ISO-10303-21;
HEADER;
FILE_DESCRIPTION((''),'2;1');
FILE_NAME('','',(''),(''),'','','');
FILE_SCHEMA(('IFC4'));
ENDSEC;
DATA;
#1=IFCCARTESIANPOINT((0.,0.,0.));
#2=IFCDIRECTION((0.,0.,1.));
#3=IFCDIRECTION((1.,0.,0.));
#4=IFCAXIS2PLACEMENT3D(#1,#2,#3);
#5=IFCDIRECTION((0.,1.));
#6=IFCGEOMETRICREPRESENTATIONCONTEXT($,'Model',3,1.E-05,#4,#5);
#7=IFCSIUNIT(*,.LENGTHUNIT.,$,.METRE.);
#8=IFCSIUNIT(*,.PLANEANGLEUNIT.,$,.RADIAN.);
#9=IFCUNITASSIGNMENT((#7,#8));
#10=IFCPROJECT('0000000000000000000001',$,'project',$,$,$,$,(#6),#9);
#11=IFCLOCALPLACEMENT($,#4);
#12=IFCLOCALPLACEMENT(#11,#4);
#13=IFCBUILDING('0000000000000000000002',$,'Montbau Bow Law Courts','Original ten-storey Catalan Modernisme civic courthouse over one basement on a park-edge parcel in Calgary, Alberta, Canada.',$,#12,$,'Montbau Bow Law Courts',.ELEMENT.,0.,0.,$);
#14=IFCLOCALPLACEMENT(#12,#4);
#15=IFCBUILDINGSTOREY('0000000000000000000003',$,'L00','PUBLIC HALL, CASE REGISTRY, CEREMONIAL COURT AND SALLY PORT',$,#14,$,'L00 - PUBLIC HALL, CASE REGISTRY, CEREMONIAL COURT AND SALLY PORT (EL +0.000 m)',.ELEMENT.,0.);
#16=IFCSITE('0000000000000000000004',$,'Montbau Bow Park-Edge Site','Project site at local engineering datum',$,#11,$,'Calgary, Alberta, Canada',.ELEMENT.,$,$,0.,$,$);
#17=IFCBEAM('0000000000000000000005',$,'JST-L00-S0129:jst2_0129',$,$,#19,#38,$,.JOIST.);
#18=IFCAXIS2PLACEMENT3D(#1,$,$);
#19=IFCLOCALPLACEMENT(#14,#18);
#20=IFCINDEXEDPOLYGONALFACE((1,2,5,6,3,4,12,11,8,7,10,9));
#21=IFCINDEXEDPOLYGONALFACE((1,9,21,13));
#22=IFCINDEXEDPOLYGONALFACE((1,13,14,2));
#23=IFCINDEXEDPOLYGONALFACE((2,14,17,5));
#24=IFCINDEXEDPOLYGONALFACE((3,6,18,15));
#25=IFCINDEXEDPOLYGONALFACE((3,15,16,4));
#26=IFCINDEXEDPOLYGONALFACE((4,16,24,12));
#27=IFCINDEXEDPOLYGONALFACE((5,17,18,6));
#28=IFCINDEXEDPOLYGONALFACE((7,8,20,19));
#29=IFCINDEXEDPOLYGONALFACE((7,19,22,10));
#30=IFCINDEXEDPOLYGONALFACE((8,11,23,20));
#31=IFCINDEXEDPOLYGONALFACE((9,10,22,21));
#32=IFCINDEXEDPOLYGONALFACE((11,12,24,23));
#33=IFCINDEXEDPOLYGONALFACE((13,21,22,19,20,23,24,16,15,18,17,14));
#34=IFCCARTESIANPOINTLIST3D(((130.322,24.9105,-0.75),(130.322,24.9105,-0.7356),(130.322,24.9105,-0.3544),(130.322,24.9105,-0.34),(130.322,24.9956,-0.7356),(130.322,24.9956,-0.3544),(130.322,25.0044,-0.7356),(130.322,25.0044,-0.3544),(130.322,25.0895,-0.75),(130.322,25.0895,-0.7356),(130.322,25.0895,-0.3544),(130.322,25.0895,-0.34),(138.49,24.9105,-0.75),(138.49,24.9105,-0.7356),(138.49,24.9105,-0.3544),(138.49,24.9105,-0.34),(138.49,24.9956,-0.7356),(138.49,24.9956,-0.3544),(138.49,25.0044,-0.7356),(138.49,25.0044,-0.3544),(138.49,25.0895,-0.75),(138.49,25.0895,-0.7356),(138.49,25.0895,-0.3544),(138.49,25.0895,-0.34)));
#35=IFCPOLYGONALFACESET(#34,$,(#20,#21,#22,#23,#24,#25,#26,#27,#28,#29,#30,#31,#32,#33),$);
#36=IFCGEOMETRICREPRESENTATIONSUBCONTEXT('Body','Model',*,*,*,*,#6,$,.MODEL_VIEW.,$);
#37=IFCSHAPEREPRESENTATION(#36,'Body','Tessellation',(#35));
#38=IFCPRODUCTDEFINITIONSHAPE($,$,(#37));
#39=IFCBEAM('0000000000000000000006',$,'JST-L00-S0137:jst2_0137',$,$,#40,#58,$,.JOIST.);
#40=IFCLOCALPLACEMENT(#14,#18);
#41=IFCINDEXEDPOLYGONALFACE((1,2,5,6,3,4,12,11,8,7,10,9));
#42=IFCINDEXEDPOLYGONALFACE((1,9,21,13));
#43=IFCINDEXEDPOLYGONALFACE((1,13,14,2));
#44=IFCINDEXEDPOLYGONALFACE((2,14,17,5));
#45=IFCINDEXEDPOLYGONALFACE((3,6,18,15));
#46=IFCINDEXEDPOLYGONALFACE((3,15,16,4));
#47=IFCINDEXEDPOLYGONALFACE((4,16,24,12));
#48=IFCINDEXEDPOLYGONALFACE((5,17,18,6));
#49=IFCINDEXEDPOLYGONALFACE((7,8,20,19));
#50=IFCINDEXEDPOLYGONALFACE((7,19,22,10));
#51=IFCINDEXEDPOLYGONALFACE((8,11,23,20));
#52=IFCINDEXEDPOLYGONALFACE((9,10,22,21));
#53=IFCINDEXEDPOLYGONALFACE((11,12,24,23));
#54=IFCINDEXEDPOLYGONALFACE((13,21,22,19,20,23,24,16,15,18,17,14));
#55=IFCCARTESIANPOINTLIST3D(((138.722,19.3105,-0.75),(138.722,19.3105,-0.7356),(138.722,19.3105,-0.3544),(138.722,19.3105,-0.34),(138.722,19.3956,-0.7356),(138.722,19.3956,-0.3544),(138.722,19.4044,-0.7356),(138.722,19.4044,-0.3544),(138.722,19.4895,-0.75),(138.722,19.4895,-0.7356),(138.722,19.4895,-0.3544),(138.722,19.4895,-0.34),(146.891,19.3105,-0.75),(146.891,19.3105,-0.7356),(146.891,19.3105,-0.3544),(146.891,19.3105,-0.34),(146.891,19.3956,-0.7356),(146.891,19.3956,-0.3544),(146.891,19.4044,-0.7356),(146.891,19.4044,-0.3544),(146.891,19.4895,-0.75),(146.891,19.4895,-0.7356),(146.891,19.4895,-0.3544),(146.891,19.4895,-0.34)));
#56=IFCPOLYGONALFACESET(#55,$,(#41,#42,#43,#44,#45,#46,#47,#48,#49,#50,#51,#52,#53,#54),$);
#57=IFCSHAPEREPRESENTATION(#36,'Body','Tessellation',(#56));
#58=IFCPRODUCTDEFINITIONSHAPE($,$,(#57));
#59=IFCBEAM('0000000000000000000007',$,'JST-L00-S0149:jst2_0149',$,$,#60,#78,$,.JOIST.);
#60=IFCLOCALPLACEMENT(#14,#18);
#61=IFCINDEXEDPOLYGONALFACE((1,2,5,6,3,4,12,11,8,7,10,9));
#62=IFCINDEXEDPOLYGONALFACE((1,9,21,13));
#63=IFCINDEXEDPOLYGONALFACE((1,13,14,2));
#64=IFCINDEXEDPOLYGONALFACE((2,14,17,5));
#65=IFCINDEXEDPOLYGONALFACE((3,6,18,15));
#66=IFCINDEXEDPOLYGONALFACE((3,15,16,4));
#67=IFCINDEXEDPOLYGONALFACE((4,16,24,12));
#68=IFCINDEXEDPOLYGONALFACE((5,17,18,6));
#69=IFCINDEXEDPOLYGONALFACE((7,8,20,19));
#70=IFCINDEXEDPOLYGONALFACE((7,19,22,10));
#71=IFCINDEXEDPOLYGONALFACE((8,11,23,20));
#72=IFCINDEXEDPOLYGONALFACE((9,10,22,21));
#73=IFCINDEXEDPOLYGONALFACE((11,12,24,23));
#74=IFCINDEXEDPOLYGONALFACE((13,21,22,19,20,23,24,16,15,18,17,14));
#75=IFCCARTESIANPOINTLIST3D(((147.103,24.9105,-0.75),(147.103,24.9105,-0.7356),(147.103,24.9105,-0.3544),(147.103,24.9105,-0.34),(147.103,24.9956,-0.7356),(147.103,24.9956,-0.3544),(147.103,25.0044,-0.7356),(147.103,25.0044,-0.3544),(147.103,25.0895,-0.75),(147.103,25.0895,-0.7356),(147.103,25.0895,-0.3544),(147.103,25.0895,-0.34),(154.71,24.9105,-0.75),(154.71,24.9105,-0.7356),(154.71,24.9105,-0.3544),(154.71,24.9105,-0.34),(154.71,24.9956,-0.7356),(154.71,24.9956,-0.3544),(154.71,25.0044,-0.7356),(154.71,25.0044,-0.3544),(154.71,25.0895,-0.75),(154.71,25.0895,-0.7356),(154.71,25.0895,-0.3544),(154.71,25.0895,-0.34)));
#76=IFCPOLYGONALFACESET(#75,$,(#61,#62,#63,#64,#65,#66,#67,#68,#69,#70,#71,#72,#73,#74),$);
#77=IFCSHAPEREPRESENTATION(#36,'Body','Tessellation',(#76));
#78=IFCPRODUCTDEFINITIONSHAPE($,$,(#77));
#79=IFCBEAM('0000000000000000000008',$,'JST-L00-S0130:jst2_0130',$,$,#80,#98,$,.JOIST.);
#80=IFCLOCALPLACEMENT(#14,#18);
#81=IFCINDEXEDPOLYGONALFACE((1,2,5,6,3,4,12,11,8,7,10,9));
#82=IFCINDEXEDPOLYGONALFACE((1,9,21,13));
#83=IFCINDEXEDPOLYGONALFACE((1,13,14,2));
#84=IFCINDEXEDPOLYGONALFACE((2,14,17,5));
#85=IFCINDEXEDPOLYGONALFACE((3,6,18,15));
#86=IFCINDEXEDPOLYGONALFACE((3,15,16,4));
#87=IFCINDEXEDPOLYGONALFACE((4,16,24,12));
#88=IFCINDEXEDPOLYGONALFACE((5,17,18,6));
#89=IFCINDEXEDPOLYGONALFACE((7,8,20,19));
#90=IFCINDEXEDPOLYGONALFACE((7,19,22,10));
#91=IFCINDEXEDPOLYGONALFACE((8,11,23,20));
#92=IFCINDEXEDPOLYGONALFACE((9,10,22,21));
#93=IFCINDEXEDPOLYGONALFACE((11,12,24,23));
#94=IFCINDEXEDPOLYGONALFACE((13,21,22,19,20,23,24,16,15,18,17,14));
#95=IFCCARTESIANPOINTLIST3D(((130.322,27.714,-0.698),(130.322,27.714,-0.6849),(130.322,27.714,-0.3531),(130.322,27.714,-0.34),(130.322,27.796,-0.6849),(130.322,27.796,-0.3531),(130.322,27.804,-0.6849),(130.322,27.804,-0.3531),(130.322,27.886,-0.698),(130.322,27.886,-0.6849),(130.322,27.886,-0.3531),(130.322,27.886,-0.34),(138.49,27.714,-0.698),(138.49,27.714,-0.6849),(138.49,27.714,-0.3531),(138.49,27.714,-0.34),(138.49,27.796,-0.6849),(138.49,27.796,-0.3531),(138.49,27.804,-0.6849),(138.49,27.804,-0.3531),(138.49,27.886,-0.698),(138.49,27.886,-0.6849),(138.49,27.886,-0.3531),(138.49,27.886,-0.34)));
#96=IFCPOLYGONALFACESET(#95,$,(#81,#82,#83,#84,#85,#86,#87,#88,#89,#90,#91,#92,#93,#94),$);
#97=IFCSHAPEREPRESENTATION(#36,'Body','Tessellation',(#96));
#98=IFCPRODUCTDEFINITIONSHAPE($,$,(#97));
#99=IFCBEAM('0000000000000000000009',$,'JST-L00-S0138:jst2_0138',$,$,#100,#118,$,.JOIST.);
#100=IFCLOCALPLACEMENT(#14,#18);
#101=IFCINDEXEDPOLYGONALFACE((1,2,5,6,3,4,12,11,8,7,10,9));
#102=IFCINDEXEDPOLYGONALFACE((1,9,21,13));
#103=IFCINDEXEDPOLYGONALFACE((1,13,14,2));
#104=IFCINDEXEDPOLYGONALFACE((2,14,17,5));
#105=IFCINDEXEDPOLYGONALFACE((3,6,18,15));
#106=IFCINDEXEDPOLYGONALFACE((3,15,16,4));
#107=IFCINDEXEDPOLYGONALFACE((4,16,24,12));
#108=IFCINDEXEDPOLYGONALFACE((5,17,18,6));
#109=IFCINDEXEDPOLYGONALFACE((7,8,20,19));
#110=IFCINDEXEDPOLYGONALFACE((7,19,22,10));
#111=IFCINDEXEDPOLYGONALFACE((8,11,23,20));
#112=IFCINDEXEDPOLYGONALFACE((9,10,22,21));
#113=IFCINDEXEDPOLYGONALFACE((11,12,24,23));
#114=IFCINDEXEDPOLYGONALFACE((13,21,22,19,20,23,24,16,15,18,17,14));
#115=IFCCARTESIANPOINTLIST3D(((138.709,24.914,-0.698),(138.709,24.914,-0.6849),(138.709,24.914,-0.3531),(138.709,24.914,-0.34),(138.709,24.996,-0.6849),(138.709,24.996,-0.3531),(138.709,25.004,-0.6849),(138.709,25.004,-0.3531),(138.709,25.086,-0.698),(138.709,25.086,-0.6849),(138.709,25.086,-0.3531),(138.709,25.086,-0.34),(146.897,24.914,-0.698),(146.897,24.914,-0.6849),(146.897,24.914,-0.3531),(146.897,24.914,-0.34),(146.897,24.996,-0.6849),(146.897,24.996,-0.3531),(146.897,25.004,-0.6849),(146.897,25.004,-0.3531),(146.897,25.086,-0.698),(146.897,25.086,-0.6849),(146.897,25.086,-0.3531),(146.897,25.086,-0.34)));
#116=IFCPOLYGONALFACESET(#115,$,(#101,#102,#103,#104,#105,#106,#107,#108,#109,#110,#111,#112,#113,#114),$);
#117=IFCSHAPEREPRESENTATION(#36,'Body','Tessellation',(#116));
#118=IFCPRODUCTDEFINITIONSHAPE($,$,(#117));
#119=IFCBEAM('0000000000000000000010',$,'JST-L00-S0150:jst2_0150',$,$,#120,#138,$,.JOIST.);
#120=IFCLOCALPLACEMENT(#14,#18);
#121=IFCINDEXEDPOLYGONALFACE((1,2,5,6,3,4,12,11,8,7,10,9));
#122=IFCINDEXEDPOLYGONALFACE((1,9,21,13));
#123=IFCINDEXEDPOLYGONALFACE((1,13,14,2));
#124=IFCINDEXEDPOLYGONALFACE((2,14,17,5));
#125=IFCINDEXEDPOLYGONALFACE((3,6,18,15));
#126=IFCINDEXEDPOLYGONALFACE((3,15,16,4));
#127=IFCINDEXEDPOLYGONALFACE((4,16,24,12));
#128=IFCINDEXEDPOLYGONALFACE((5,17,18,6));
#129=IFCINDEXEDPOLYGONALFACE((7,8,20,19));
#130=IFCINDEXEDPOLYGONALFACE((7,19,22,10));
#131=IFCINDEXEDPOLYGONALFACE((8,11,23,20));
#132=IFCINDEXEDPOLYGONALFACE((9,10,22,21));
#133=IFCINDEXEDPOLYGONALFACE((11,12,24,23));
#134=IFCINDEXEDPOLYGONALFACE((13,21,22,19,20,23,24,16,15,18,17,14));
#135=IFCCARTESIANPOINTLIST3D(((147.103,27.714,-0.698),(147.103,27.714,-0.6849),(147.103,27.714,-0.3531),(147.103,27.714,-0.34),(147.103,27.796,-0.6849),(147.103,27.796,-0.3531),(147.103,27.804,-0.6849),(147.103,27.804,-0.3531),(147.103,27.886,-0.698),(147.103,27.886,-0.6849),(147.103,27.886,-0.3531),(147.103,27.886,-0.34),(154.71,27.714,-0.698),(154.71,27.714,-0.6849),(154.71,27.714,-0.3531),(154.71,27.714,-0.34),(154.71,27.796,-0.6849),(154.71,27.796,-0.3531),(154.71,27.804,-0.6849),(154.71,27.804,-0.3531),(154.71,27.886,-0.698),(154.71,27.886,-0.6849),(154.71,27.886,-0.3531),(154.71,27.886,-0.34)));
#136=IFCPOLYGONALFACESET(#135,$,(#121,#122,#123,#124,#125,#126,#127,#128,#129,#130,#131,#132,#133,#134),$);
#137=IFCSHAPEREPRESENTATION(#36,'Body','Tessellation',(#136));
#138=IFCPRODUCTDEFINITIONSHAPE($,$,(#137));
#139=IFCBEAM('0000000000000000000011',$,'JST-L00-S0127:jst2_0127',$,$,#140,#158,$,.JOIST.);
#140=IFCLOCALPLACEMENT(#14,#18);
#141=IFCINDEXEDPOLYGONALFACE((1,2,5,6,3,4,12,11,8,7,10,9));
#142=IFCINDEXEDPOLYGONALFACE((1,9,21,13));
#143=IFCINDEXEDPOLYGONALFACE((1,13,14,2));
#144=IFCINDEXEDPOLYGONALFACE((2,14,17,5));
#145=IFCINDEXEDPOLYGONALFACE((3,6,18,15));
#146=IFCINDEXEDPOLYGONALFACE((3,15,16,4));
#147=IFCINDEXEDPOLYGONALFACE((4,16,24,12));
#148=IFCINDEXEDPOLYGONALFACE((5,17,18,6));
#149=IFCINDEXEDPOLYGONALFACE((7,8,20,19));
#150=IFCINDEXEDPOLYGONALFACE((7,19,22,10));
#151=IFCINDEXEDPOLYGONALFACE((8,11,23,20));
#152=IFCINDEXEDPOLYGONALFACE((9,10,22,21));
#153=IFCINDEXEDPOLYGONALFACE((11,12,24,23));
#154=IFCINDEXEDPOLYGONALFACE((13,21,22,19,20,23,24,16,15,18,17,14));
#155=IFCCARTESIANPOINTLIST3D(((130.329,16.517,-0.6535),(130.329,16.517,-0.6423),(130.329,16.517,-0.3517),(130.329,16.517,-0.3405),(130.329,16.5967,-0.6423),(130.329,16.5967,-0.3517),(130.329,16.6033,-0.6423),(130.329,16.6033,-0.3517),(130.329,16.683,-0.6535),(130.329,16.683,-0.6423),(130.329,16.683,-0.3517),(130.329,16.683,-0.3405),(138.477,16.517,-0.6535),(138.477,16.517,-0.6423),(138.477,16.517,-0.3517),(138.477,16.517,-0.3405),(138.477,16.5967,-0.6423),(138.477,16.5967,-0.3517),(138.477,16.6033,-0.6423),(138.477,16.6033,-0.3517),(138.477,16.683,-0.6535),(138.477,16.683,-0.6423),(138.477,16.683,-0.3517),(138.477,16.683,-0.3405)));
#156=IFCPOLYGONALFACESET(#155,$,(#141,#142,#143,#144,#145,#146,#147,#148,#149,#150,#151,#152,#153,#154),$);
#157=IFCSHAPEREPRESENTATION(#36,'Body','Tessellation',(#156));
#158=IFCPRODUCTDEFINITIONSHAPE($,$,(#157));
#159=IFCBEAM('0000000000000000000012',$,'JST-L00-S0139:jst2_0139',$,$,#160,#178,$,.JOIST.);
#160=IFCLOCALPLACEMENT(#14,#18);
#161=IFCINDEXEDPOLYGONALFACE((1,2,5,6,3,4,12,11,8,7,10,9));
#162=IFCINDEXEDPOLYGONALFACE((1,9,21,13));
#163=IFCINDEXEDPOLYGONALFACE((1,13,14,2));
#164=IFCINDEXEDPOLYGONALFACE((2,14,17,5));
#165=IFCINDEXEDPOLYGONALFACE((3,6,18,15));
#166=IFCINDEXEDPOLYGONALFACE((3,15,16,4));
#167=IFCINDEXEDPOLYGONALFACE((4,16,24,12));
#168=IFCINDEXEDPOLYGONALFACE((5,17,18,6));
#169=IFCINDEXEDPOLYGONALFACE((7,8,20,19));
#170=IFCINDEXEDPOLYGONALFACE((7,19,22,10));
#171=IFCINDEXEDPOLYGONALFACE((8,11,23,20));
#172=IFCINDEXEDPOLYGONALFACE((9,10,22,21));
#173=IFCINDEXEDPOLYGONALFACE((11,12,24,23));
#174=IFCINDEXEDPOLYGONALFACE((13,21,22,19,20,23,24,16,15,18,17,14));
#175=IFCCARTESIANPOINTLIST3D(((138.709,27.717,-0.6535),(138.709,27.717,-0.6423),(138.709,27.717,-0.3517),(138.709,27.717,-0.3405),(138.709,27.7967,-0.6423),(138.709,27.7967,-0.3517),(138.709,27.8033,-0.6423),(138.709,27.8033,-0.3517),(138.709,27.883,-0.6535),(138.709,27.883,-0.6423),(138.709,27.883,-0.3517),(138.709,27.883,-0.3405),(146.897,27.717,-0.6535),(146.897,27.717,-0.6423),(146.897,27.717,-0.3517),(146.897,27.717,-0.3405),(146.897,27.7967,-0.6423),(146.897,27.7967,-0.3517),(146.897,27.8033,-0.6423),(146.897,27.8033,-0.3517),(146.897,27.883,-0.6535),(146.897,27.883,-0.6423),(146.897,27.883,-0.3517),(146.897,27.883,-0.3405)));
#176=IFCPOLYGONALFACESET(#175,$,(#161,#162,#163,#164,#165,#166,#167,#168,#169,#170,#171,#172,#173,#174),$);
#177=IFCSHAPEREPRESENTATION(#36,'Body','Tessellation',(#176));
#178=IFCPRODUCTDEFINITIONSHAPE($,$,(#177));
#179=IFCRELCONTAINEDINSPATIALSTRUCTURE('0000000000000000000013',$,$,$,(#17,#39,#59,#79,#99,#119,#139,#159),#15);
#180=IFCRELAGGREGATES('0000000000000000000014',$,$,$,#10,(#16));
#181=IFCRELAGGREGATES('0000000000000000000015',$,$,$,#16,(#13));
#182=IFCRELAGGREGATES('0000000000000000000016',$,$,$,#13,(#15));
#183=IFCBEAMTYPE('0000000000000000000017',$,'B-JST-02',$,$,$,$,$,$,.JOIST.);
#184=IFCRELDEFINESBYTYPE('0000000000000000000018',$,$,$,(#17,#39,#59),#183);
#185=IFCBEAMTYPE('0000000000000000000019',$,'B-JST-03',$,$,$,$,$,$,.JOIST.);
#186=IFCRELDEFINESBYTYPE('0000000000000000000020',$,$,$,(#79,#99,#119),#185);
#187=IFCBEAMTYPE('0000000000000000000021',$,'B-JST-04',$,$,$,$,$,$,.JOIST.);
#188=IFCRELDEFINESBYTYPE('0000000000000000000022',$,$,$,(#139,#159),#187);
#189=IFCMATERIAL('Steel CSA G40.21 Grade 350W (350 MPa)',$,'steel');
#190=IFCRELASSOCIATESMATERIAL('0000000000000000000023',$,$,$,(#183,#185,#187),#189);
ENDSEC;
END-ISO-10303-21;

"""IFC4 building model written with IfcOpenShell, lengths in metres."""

from ifc_helpers import new_model, si_unit, direction, frame, origin_with_axes, origin_2d_with_axis, place, context, subcontext, project, spatial, i_section, extrude, material, material_profile, profile_set, type_object, element, save


model = new_model("IFC4")

# Units and contexts
model_context = context("Model", 3, precision=1e-05, world=origin_with_axes(), true_north=direction((0.0, 1.0)))
body_context = subcontext(model_context, "Body", "Model", "MODEL_VIEW")
ifc_project = project(units=[si_unit("LENGTHUNIT", "METRE"), si_unit("PLANEANGLEUNIT", "RADIAN")], contexts=[model_context])

# Site, building, storey
site_placement = place(None, origin_with_axes())
site = spatial("IfcSite", under=ifc_project, at=site_placement, Name="Montbau Bow Park-Edge Site", Description="Project site at local engineering datum", LongName="Calgary, Alberta, Canada", CompositionType="ELEMENT", RefElevation=0.0)
building_placement = place(site_placement, origin_with_axes())
building = spatial("IfcBuilding", under=site, at=building_placement, Name="Montbau Bow Law Courts", Description="Original ten-storey Catalan Modernisme civic courthouse over one basement on a park-edge parcel in Calgary, Alberta, Canada.", LongName="Montbau Bow Law Courts", CompositionType="ELEMENT", ElevationOfRefHeight=0.0, ElevationOfTerrain=0.0)
storey_placement = place(building_placement, origin_with_axes())
storey = spatial("IfcBuildingStorey", under=building, at=storey_placement, Name="L00", Description="PUBLIC HALL, CASE REGISTRY, CEREMONIAL COURT AND SALLY PORT", LongName="L00 - PUBLIC HALL, CASE REGISTRY, CEREMONIAL COURT AND SALLY PORT (EL +0.000 m)", CompositionType="ELEMENT", Elevation=0.0)

# Shared definitions
ifc_material_1 = material(Name="Steel CSA G40.21 Grade 350W (350 MPa)", Category="steel")

# Beams
ifc_material_profile_1 = material_profile(ifc_material_1, i_section(OverallWidth=0.179, OverallDepth=0.41, WebThickness=0.0088, FlangeThickness=0.0144, at=origin_2d_with_axis()), Name="W410X67", Category="Main", Priority=0)
ifc_profile_set_1 = profile_set([ifc_material_profile_1], Name="Steel CSA G40.21 Grade 350W (350 MPa)")
beam_type_1 = type_object("IfcBeamType", Name="B-JST-02", PredefinedType="JOIST", material=ifc_profile_set_1)
beam_1_placement = place(None, frame((130.322, 25.0, -0.545), z_axis=(1.0, 0.0, 0.0), x_axis=(0.0, 1.0, 0.0)))
element("IfcBeam", 1, at=beam_1_placement, inside=storey, type_object=beam_type_1, Name="JST-L00-S0129:jst2_0129", PredefinedType="JOIST", context=body_context, shape_type="SweptSolid", body=[
    extrude(i_section(OverallWidth=0.179, OverallDepth=0.41, WebThickness=0.0088, FlangeThickness=0.0144, at=origin_2d_with_axis()), origin_with_axes(), (0.0, 0.0, 1.0), 8.168),
])
beam_2_placement = place(None, frame((138.722, 19.4, -0.545), z_axis=(1.0, 0.0, 0.0), x_axis=(0.0, 1.0, 0.0)))
element("IfcBeam", 2, at=beam_2_placement, inside=storey, type_object=beam_type_1, Name="JST-L00-S0137:jst2_0137", PredefinedType="JOIST", context=body_context, shape_type="SweptSolid", body=[
    extrude(i_section(OverallWidth=0.179, OverallDepth=0.41, WebThickness=0.0088, FlangeThickness=0.0144, at=origin_2d_with_axis()), origin_with_axes(), (0.0, 0.0, 1.0), 8.169),
])
beam_3_placement = place(None, frame((147.103, 25.0, -0.545), z_axis=(1.0, 0.0, 0.0), x_axis=(0.0, 1.0, 0.0)))
element("IfcBeam", 3, at=beam_3_placement, inside=storey, type_object=beam_type_1, Name="JST-L00-S0149:jst2_0149", PredefinedType="JOIST", context=body_context, shape_type="SweptSolid", body=[
    extrude(i_section(OverallWidth=0.179, OverallDepth=0.41, WebThickness=0.0088, FlangeThickness=0.0144, at=origin_2d_with_axis()), origin_with_axes(), (0.0, 0.0, 1.0), 7.607),
])
ifc_material_profile_2 = material_profile(ifc_material_1, i_section(OverallWidth=0.172, OverallDepth=0.358, WebThickness=0.0079, FlangeThickness=0.0131, at=origin_2d_with_axis()), Name="W360X57", Category="Main", Priority=0)
ifc_profile_set_2 = profile_set([ifc_material_profile_2], Name="Steel CSA G40.21 Grade 350W (350 MPa)")
beam_type_2 = type_object("IfcBeamType", Name="B-JST-03", PredefinedType="JOIST", material=ifc_profile_set_2)
beam_4_placement = place(None, frame((130.322, 27.8, -0.519), z_axis=(1.0, 0.0, 0.0), x_axis=(0.0, 1.0, 0.0)))
element("IfcBeam", 4, at=beam_4_placement, inside=storey, type_object=beam_type_2, Name="JST-L00-S0130:jst2_0130", PredefinedType="JOIST", context=body_context, shape_type="SweptSolid", body=[
    extrude(i_section(OverallWidth=0.172, OverallDepth=0.358, WebThickness=0.0079, FlangeThickness=0.0131, at=origin_2d_with_axis()), origin_with_axes(), (0.0, 0.0, 1.0), 8.168),
])
beam_5_placement = place(None, frame((138.709, 25.0, -0.519), z_axis=(1.0, 0.0, 0.0), x_axis=(0.0, 1.0, 0.0)))
element("IfcBeam", 5, at=beam_5_placement, inside=storey, type_object=beam_type_2, Name="JST-L00-S0138:jst2_0138", PredefinedType="JOIST", context=body_context, shape_type="SweptSolid", body=[
    extrude(i_section(OverallWidth=0.172, OverallDepth=0.358, WebThickness=0.0079, FlangeThickness=0.0131, at=origin_2d_with_axis()), origin_with_axes(), (0.0, 0.0, 1.0), 8.188),
])
beam_6_placement = place(None, frame((147.103, 27.8, -0.519), z_axis=(1.0, 0.0, 0.0), x_axis=(0.0, 1.0, 0.0)))
element("IfcBeam", 6, at=beam_6_placement, inside=storey, type_object=beam_type_2, Name="JST-L00-S0150:jst2_0150", PredefinedType="JOIST", context=body_context, shape_type="SweptSolid", body=[
    extrude(i_section(OverallWidth=0.172, OverallDepth=0.358, WebThickness=0.0079, FlangeThickness=0.0131, at=origin_2d_with_axis()), origin_with_axes(), (0.0, 0.0, 1.0), 7.607),
])
ifc_material_profile_3 = material_profile(ifc_material_1, i_section(OverallWidth=0.166, OverallDepth=0.313, WebThickness=0.0066, FlangeThickness=0.0112, at=origin_2d_with_axis()), Name="W310X45", Category="Main", Priority=0)
ifc_profile_set_3 = profile_set([ifc_material_profile_3], Name="Steel CSA G40.21 Grade 350W (350 MPa)")
beam_type_3 = type_object("IfcBeamType", Name="B-JST-04", PredefinedType="JOIST", material=ifc_profile_set_3)
beam_7_placement = place(None, frame((130.329, 16.6, -0.497), z_axis=(1.0, 0.0, 0.0), x_axis=(0.0, 1.0, 0.0)))
element("IfcBeam", 7, at=beam_7_placement, inside=storey, type_object=beam_type_3, Name="JST-L00-S0127:jst2_0127", PredefinedType="JOIST", context=body_context, shape_type="SweptSolid", body=[
    extrude(i_section(OverallWidth=0.166, OverallDepth=0.313, WebThickness=0.0066, FlangeThickness=0.0112, at=origin_2d_with_axis()), origin_with_axes(), (0.0, 0.0, 1.0), 8.148),
])
beam_8_placement = place(None, frame((138.709, 27.8, -0.497), z_axis=(1.0, 0.0, 0.0), x_axis=(0.0, 1.0, 0.0)))
element("IfcBeam", 8, at=beam_8_placement, inside=storey, type_object=beam_type_3, Name="JST-L00-S0139:jst2_0139", PredefinedType="JOIST", context=body_context, shape_type="SweptSolid", body=[
    extrude(i_section(OverallWidth=0.166, OverallDepth=0.313, WebThickness=0.0066, FlangeThickness=0.0112, at=origin_2d_with_axis()), origin_with_axes(), (0.0, 0.0, 1.0), 8.188),
])

save(model, "model.ifc")
